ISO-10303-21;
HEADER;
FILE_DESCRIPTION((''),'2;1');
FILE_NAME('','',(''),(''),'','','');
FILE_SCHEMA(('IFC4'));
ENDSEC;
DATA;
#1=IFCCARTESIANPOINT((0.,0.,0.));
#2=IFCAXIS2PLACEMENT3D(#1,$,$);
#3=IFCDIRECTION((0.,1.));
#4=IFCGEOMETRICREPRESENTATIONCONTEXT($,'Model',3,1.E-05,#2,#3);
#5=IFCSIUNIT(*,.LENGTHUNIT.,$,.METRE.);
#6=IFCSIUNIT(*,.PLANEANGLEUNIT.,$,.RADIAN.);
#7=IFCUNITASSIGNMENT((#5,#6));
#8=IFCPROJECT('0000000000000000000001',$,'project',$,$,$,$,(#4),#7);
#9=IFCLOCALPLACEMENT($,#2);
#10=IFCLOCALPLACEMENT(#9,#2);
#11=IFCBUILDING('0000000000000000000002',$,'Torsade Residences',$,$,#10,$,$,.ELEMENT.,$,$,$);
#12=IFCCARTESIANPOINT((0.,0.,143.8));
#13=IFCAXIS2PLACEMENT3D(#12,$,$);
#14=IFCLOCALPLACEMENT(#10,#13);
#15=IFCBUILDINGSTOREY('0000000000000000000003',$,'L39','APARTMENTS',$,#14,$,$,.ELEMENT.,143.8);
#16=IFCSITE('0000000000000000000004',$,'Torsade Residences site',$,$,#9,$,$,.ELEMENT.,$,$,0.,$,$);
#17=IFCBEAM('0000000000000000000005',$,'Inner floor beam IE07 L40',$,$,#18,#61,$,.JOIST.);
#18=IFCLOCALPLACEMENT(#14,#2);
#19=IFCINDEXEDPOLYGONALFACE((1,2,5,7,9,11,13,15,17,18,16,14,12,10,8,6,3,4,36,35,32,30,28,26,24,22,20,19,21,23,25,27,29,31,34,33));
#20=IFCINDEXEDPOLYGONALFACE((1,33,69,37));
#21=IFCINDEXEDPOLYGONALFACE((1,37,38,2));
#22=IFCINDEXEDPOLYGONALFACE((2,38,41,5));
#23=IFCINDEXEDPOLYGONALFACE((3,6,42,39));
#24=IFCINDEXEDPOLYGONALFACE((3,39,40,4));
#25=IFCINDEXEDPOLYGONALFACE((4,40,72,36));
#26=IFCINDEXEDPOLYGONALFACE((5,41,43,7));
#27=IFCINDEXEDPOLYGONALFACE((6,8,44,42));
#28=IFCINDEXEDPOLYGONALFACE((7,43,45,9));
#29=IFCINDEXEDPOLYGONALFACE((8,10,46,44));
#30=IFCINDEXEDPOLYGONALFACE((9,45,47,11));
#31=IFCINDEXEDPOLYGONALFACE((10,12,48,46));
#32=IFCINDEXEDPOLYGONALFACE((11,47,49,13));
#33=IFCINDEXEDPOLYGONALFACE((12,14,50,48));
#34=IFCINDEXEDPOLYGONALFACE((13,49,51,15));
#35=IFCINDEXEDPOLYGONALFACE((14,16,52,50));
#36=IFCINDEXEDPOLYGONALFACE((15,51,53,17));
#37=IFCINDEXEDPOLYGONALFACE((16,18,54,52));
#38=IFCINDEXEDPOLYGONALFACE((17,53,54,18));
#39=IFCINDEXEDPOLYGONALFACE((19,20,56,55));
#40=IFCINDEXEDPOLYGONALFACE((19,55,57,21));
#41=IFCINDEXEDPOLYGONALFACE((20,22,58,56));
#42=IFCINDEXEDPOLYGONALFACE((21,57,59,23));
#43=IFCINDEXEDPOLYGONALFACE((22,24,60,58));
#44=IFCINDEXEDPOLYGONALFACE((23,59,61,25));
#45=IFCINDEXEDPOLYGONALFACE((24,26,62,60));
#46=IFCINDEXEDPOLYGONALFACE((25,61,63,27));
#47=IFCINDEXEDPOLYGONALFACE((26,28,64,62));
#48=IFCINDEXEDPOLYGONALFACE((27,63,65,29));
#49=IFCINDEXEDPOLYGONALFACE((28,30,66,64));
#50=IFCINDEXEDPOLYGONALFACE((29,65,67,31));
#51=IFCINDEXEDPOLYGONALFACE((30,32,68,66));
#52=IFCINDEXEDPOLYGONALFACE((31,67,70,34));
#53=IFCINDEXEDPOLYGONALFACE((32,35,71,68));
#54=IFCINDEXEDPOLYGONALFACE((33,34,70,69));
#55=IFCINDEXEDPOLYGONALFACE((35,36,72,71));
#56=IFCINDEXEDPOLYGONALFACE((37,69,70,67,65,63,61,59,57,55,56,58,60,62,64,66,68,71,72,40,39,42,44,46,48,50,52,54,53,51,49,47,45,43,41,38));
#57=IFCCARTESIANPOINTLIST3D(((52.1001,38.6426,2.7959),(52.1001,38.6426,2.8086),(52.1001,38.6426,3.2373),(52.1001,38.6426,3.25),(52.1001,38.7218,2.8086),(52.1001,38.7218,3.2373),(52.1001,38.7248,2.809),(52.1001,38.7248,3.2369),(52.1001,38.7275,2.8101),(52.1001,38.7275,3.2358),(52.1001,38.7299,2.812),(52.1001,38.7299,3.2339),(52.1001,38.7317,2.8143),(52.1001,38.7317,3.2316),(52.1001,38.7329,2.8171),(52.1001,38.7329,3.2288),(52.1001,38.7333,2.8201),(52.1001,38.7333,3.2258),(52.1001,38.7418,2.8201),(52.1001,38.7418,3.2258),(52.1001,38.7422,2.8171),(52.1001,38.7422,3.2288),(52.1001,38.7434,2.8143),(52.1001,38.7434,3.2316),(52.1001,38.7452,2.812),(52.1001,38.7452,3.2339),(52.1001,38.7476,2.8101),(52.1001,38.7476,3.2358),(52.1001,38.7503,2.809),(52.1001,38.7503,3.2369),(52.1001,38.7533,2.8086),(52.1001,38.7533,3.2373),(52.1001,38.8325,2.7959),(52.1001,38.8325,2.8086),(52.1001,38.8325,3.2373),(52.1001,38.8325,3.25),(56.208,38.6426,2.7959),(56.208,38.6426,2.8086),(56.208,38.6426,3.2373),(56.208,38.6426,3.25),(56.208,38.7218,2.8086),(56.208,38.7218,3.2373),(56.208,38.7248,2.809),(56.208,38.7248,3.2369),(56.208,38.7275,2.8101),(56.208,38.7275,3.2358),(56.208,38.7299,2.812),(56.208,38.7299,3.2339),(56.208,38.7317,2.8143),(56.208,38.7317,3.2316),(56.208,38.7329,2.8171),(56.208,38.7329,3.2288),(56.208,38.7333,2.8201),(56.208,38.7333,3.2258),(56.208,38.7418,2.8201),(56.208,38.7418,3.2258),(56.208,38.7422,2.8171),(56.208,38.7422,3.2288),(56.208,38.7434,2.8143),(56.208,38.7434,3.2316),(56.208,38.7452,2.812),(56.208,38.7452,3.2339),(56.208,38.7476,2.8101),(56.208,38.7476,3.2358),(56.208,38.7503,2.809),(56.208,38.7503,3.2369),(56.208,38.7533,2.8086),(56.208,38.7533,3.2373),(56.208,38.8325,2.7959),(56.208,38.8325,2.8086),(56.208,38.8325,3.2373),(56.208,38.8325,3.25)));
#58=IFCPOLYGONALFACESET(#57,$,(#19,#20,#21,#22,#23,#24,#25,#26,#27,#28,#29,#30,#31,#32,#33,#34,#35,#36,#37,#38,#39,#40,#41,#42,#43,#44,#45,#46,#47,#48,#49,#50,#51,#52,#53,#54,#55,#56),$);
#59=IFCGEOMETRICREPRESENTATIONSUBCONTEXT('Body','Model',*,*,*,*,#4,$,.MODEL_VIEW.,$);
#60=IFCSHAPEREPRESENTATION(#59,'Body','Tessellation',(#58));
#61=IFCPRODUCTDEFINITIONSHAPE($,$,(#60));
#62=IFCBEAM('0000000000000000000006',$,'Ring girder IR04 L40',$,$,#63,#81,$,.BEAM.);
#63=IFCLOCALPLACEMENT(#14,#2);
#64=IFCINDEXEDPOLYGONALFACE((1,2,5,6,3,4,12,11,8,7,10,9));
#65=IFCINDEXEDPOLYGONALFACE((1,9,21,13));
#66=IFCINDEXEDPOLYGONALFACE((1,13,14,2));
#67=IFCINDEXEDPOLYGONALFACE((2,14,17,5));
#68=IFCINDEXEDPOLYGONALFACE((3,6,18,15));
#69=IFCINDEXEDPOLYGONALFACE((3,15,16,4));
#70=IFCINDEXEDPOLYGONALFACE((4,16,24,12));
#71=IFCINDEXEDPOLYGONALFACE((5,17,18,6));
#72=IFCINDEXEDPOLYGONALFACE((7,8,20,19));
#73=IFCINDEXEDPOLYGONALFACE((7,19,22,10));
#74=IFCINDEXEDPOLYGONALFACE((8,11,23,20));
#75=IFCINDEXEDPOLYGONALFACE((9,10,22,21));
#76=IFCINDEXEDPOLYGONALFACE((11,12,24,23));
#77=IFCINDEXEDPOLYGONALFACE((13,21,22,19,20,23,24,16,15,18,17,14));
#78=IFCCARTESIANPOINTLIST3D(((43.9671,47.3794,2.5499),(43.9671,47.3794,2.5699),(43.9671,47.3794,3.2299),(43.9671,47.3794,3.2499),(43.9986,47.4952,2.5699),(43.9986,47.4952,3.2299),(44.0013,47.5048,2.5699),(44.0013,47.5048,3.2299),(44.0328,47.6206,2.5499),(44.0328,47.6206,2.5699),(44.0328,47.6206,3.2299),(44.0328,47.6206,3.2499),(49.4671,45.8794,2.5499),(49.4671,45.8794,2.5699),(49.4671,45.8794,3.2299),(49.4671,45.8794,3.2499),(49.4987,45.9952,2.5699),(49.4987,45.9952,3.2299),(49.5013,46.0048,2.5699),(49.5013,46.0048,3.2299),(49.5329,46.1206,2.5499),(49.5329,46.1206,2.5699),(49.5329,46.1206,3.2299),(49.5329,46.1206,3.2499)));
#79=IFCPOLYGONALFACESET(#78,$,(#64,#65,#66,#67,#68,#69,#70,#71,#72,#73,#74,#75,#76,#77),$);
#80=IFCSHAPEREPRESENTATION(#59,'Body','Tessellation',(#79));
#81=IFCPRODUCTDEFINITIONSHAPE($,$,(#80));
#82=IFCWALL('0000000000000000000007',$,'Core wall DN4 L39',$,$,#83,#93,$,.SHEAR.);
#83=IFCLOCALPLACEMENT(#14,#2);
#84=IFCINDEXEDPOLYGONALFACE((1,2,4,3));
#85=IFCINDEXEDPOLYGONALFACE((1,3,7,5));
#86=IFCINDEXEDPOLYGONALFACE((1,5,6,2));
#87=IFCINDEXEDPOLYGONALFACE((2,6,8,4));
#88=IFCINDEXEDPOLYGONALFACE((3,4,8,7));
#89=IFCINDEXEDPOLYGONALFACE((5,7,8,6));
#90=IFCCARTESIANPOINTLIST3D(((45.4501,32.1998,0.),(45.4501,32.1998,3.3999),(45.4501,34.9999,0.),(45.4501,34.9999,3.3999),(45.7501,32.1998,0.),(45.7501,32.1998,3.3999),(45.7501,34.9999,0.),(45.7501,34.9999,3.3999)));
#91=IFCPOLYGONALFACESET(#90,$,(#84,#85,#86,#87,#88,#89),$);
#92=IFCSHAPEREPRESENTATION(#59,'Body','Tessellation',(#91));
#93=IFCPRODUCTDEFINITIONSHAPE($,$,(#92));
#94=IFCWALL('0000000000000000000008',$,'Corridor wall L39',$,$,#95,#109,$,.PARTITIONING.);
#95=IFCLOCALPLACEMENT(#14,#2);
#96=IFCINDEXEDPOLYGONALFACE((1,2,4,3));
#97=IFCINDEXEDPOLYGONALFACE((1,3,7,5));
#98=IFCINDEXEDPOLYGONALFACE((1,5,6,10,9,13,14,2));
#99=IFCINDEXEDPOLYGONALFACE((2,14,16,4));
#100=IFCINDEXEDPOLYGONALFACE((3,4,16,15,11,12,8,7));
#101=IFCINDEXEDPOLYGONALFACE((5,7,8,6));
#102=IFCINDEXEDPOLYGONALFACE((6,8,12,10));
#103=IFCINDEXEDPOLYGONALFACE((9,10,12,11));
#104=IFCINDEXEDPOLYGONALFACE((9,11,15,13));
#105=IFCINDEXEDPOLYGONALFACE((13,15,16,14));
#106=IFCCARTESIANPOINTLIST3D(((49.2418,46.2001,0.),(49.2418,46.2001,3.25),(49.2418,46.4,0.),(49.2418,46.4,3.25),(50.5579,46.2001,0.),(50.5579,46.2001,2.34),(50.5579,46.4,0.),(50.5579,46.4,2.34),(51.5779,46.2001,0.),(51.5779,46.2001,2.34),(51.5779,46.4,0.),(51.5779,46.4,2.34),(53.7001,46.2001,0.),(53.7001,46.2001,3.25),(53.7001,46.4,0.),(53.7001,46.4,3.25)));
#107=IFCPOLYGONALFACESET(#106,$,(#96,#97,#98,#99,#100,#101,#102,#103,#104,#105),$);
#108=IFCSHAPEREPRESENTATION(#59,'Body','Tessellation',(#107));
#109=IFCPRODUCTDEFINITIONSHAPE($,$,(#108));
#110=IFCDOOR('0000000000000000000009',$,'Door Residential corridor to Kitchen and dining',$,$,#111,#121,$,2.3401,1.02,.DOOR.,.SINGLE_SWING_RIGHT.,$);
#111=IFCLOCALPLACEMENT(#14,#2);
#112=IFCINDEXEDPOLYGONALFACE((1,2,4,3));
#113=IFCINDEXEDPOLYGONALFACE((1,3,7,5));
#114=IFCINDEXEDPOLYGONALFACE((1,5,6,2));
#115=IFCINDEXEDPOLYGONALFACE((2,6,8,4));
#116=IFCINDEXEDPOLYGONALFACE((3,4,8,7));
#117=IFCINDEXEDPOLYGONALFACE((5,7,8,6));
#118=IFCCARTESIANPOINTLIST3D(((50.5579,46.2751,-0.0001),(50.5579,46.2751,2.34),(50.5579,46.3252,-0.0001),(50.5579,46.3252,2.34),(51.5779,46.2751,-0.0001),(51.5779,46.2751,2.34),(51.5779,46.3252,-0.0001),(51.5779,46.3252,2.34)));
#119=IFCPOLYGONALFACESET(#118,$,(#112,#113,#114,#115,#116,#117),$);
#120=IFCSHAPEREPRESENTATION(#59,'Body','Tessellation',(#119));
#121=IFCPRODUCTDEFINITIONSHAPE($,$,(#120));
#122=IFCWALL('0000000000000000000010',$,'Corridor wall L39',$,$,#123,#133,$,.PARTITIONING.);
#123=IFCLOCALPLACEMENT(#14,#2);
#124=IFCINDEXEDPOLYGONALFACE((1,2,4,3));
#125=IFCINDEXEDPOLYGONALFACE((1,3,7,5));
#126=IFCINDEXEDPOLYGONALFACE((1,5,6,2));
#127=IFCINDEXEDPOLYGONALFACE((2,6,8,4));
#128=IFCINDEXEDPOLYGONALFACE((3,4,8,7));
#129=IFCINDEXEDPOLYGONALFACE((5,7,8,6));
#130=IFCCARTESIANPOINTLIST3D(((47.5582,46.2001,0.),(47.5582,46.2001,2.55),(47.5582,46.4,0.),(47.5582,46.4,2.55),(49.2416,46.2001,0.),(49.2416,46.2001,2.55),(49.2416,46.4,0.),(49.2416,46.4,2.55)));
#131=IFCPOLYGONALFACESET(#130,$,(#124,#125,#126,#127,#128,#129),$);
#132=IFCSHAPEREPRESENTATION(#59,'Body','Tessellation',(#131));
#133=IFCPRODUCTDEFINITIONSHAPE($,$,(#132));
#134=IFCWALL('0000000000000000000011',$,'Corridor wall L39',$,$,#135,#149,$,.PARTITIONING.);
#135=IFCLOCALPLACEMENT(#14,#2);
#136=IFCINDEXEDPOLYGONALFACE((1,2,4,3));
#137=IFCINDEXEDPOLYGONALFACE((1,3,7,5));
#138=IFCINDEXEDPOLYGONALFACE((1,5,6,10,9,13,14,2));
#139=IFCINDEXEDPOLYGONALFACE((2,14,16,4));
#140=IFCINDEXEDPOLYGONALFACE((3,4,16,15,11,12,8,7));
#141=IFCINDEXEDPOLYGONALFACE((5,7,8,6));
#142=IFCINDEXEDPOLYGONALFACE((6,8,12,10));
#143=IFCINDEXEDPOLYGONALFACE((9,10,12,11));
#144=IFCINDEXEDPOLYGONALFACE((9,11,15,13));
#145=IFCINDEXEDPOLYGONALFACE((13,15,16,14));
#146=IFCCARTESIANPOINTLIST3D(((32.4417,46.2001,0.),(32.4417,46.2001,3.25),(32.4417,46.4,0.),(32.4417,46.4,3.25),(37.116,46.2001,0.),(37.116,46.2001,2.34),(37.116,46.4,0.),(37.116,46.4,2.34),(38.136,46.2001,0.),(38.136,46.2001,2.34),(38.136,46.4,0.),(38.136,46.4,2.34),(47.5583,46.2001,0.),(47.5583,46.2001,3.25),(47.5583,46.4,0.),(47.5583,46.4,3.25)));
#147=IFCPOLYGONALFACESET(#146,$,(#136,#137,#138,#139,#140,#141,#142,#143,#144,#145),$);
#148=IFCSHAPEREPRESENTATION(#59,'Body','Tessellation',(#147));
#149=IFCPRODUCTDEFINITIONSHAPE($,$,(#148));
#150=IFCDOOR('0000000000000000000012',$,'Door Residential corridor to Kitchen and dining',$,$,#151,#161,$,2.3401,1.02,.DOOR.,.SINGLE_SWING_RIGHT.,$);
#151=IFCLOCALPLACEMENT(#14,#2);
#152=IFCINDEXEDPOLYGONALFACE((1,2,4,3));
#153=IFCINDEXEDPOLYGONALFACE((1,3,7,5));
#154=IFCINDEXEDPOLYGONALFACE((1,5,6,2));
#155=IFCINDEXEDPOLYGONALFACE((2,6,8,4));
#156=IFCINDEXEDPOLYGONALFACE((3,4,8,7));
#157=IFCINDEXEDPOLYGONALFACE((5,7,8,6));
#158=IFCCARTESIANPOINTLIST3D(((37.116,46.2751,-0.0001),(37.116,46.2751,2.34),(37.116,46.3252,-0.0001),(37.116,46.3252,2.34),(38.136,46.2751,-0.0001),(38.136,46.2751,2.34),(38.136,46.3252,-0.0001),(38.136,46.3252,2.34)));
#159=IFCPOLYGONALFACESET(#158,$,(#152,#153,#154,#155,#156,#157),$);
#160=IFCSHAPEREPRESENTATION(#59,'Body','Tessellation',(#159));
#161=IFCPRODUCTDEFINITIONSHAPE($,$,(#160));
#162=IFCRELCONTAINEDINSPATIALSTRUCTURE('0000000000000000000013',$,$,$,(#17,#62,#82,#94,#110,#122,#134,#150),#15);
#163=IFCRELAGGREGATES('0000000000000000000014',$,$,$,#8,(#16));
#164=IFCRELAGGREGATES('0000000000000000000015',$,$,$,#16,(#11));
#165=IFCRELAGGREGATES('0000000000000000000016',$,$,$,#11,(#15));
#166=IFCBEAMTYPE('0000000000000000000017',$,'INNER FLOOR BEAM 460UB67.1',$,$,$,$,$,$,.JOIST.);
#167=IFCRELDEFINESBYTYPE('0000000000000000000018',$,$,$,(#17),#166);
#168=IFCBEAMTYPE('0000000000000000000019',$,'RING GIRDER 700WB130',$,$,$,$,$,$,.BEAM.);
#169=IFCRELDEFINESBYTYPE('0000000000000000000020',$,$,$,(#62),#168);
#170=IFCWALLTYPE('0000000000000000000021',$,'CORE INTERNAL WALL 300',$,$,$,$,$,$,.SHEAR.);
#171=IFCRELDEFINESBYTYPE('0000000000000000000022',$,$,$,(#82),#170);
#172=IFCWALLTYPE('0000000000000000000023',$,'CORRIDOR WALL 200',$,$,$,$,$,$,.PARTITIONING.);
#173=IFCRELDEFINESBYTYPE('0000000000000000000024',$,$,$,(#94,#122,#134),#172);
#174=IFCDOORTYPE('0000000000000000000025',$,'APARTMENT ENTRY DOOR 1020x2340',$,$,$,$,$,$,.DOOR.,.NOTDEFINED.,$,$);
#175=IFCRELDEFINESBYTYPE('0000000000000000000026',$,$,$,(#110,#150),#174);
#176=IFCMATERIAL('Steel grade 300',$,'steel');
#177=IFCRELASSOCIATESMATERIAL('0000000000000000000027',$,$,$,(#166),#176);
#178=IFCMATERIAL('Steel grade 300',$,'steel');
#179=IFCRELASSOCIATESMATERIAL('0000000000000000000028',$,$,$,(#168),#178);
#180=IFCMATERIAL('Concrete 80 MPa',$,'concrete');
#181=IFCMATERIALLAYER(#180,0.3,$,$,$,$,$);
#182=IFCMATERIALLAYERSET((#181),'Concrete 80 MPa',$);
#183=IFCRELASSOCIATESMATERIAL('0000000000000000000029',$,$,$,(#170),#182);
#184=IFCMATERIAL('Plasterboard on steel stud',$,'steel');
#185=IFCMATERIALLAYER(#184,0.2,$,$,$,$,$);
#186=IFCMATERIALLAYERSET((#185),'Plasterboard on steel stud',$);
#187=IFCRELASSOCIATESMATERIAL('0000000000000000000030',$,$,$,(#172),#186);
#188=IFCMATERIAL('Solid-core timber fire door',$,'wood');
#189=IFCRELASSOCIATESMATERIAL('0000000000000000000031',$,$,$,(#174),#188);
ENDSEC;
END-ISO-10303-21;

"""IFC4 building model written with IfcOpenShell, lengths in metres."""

from ifc_helpers import new_model, si_unit, direction, frame, frame_2d, origin, origin_2d, place, context, subcontext, project, spatial, rectangle, i_section, extrude, material, layer, layer_set, material_profile, profile_set, type_object, element, fill, save


model = new_model("IFC4")

# Units and contexts
model_context = context("Model", 3, precision=1e-05, world=origin(), true_north=direction((0.0, 1.0)))
body_context = subcontext(model_context, "Body", "Model", "MODEL_VIEW")
ifc_project = project(units=[si_unit("LENGTHUNIT", "METRE"), si_unit("PLANEANGLEUNIT", "RADIAN")], contexts=[model_context])

# Site, building, storey
site_placement = place(None, origin())
site = spatial("IfcSite", under=ifc_project, at=site_placement, Name="Torsade Residences site", CompositionType="ELEMENT", RefElevation=0.0)
building_placement = place(site_placement, origin())
building = spatial("IfcBuilding", under=site, at=building_placement, Name="Torsade Residences", CompositionType="ELEMENT")
storey_placement = place(building_placement, frame((0.0, 0.0, 143.8)))
storey = spatial("IfcBuildingStorey", under=building, at=storey_placement, Name="L39", Description="APARTMENTS", CompositionType="ELEMENT", Elevation=143.8)

# Beams
ifc_material_1 = material(Name="Steel grade 300", Category="steel")
ifc_material_profile_1 = material_profile(ifc_material_1, i_section(OverallWidth=0.1899, OverallDepth=0.4541, WebThickness=0.0085, FlangeThickness=0.0127, FilletRadius=0.0115, at=origin_2d()), Name="460UB67.1")
ifc_profile_set_1 = profile_set([ifc_material_profile_1], Name="Steel grade 300")
beam_type_1 = type_object("IfcBeamType", Name="INNER FLOOR BEAM 460UB67.1", PredefinedType="JOIST", material=ifc_profile_set_1)
beam_1_placement = place(storey_placement, frame((52.1001, 38.7375, 3.0229), z_axis=(1.0, 0.0, 0.0), x_axis=(0.0, 1.0, 0.0)))
element("IfcBeam", 1, at=beam_1_placement, inside=storey, type_object=beam_type_1, Name="Inner floor beam IE07 L40", PredefinedType="JOIST", context=body_context, shape_type="SweptSolid", body=[
    extrude(i_section(OverallWidth=0.1899, OverallDepth=0.4541, WebThickness=0.0085, FlangeThickness=0.0127, FilletRadius=0.0115, at=origin_2d()), origin(), (0.0, 0.0, 1.0), 4.1079),
])
ifc_material_2 = material(Name="Steel grade 300", Category="steel")
ifc_material_profile_2 = material_profile(ifc_material_2, i_section(OverallWidth=0.25, OverallDepth=0.7, WebThickness=0.01, FlangeThickness=0.02, at=origin_2d()), Name="700WB130")
ifc_profile_set_2 = profile_set([ifc_material_profile_2], Name="Steel grade 300")
beam_type_2 = type_object("IfcBeamType", Name="RING GIRDER 700WB130", PredefinedType="BEAM", material=ifc_profile_set_2)
beam_2_placement = place(storey_placement, frame((49.5, 46.0, 2.8999), z_axis=(-0.964764, 0.263117, 0.0), x_axis=(-0.263117, -0.964764, 0.0)))
element("IfcBeam", 2, at=beam_2_placement, inside=storey, type_object=beam_type_2, Name="Ring girder IR04 L40", PredefinedType="BEAM", context=body_context, shape_type="SweptSolid", body=[
    extrude(i_section(OverallWidth=0.25, OverallDepth=0.7, WebThickness=0.01, FlangeThickness=0.02, at=origin_2d()), origin(), (0.0, 0.0, 1.0), 5.7009),
])

# Wall
ifc_material_3 = material(Name="Concrete 80 MPa", Category="concrete")
ifc_layer_1 = layer(ifc_material_3, 0.3)
ifc_layer_set_1 = layer_set([ifc_layer_1], Name="Concrete 80 MPa")
wall_type_1 = type_object("IfcWallType", Name="CORE INTERNAL WALL 300", PredefinedType="SHEAR", material=ifc_layer_set_1)
wall_1_placement = place(storey_placement, frame((45.6001, 32.2, 0.0), z_axis=(0.0, 0.0, 1.0), x_axis=(0.0, 1.0, 0.0)))
element("IfcWall", 3, at=wall_1_placement, inside=storey, type_object=wall_type_1, Name="Core wall DN4 L39", PredefinedType="SHEAR", context=body_context, shape_type="SweptSolid", body=[
    extrude(rectangle(XDim=2.8, YDim=0.3, at=frame_2d((1.3999, 0.0))), origin(), (0.0, 0.0, 1.0), 3.3999),
])

# Wall, opening, door
ifc_material_4 = material(Name="Plasterboard on steel stud", Category="steel")
ifc_layer_2 = layer(ifc_material_4, 0.2)
ifc_layer_set_2 = layer_set([ifc_layer_2], Name="Plasterboard on steel stud")
wall_type_2 = type_object("IfcWallType", Name="CORRIDOR WALL 200", PredefinedType="PARTITIONING", material=ifc_layer_set_2)
wall_2_placement = place(storey_placement, frame((53.7, 46.3, 0.0), z_axis=(0.0, 0.0, 1.0), x_axis=(-1.0, 0.0, 0.0)))
wall_2 = element("IfcWall", 4, at=wall_2_placement, inside=storey, type_object=wall_type_2, Name="Corridor wall L39", PredefinedType="PARTITIONING", context=body_context, shape_type="SweptSolid", body=[
    extrude(rectangle(XDim=4.4583, YDim=0.2, at=frame_2d((2.229, 0.0))), origin(), (0.0, 0.0, 1.0), 3.25),
])
opening_1_placement = place(wall_2_placement, frame((2.1221, 0.0, 0.0)))
opening_1 = element("IfcOpeningElement", 5, at=opening_1_placement, cuts=wall_2, PredefinedType="OPENING", context=body_context, shape_type="SweptSolid", body=[
    extrude(rectangle(XDim=1.02, YDim=2.3401, at=frame_2d((0.51, 1.1699))), frame((0.0, 0.1099, 0.0), z_axis=(0.0, -1.0, 0.0), x_axis=(1.0, 0.0, 0.0)), (0.0, 0.0, 1.0), 0.22),
])
ifc_material_5 = material(Name="Solid-core timber fire door", Category="wood")
door_type_1 = type_object("IfcDoorType", Name="APARTMENT ENTRY DOOR 1020x2340", OperationType="NOTDEFINED", PredefinedType="DOOR", material=ifc_material_5)
door_1_placement = place(opening_1_placement, origin())
door_1 = element("IfcDoor", 6, at=door_1_placement, inside=storey, type_object=door_type_1, Name="Door Residential corridor to Kitchen and dining", OperationType="SINGLE_SWING_RIGHT", OverallHeight=2.3401, OverallWidth=1.02, PredefinedType="DOOR", context=body_context, shape_type="SweptSolid", body=[
    extrude(rectangle(XDim=1.02, YDim=2.3401, at=frame_2d((0.51, 1.1699))), frame((0.0, 0.0249, 0.0), z_axis=(0.0, -1.0, 0.0), x_axis=(1.0, 0.0, 0.0)), (0.0, 0.0, 1.0), 0.05),
])
fill(opening_1, door_1)

# Wall
wall_3_placement = place(storey_placement, frame((49.2417, 46.3, 0.0), z_axis=(0.0, 0.0, 1.0), x_axis=(-1.0, 0.0, 0.0)))
element("IfcWall", 7, at=wall_3_placement, inside=storey, type_object=wall_type_2, Name="Corridor wall L39", PredefinedType="PARTITIONING", context=body_context, shape_type="SweptSolid", body=[
    extrude(rectangle(XDim=1.6833, YDim=0.2, at=frame_2d((0.8418, 0.0))), origin(), (0.0, 0.0, 1.0), 2.55),
])

# Wall, opening, door
wall_4_placement = place(storey_placement, frame((47.5583, 46.3, 0.0), z_axis=(0.0, 0.0, 1.0), x_axis=(-1.0, 0.0, 0.0)))
wall_4 = element("IfcWall", 8, at=wall_4_placement, inside=storey, type_object=wall_type_2, Name="Corridor wall L39", PredefinedType="PARTITIONING", context=body_context, shape_type="SweptSolid", body=[
    extrude(rectangle(XDim=15.1167, YDim=0.2, at=frame_2d((7.5583, 0.0))), origin(), (0.0, 0.0, 1.0), 3.25),
])
opening_2_placement = place(wall_4_placement, frame((9.4224, 0.0, 0.0)))
opening_2 = element("IfcOpeningElement", 9, at=opening_2_placement, cuts=wall_4, PredefinedType="OPENING", context=body_context, shape_type="SweptSolid", body=[
    extrude(rectangle(XDim=1.02, YDim=2.3401, at=frame_2d((0.51, 1.1699))), frame((0.0, 0.1099, 0.0), z_axis=(0.0, -1.0, 0.0), x_axis=(1.0, 0.0, 0.0)), (0.0, 0.0, 1.0), 0.22),
])
door_2_placement = place(opening_2_placement, origin())
door_2 = element("IfcDoor", 10, at=door_2_placement, inside=storey, type_object=door_type_1, Name="Door Residential corridor to Kitchen and dining", OperationType="SINGLE_SWING_RIGHT", OverallHeight=2.3401, OverallWidth=1.02, PredefinedType="DOOR", context=body_context, shape_type="SweptSolid", body=[
    extrude(rectangle(XDim=1.02, YDim=2.3401, at=frame_2d((0.51, 1.1699))), frame((0.0, 0.0249, 0.0), z_axis=(0.0, -1.0, 0.0), x_axis=(1.0, 0.0, 0.0)), (0.0, 0.0, 1.0), 0.05),
])
fill(opening_2, door_2)

save(model, "model.ifc")
